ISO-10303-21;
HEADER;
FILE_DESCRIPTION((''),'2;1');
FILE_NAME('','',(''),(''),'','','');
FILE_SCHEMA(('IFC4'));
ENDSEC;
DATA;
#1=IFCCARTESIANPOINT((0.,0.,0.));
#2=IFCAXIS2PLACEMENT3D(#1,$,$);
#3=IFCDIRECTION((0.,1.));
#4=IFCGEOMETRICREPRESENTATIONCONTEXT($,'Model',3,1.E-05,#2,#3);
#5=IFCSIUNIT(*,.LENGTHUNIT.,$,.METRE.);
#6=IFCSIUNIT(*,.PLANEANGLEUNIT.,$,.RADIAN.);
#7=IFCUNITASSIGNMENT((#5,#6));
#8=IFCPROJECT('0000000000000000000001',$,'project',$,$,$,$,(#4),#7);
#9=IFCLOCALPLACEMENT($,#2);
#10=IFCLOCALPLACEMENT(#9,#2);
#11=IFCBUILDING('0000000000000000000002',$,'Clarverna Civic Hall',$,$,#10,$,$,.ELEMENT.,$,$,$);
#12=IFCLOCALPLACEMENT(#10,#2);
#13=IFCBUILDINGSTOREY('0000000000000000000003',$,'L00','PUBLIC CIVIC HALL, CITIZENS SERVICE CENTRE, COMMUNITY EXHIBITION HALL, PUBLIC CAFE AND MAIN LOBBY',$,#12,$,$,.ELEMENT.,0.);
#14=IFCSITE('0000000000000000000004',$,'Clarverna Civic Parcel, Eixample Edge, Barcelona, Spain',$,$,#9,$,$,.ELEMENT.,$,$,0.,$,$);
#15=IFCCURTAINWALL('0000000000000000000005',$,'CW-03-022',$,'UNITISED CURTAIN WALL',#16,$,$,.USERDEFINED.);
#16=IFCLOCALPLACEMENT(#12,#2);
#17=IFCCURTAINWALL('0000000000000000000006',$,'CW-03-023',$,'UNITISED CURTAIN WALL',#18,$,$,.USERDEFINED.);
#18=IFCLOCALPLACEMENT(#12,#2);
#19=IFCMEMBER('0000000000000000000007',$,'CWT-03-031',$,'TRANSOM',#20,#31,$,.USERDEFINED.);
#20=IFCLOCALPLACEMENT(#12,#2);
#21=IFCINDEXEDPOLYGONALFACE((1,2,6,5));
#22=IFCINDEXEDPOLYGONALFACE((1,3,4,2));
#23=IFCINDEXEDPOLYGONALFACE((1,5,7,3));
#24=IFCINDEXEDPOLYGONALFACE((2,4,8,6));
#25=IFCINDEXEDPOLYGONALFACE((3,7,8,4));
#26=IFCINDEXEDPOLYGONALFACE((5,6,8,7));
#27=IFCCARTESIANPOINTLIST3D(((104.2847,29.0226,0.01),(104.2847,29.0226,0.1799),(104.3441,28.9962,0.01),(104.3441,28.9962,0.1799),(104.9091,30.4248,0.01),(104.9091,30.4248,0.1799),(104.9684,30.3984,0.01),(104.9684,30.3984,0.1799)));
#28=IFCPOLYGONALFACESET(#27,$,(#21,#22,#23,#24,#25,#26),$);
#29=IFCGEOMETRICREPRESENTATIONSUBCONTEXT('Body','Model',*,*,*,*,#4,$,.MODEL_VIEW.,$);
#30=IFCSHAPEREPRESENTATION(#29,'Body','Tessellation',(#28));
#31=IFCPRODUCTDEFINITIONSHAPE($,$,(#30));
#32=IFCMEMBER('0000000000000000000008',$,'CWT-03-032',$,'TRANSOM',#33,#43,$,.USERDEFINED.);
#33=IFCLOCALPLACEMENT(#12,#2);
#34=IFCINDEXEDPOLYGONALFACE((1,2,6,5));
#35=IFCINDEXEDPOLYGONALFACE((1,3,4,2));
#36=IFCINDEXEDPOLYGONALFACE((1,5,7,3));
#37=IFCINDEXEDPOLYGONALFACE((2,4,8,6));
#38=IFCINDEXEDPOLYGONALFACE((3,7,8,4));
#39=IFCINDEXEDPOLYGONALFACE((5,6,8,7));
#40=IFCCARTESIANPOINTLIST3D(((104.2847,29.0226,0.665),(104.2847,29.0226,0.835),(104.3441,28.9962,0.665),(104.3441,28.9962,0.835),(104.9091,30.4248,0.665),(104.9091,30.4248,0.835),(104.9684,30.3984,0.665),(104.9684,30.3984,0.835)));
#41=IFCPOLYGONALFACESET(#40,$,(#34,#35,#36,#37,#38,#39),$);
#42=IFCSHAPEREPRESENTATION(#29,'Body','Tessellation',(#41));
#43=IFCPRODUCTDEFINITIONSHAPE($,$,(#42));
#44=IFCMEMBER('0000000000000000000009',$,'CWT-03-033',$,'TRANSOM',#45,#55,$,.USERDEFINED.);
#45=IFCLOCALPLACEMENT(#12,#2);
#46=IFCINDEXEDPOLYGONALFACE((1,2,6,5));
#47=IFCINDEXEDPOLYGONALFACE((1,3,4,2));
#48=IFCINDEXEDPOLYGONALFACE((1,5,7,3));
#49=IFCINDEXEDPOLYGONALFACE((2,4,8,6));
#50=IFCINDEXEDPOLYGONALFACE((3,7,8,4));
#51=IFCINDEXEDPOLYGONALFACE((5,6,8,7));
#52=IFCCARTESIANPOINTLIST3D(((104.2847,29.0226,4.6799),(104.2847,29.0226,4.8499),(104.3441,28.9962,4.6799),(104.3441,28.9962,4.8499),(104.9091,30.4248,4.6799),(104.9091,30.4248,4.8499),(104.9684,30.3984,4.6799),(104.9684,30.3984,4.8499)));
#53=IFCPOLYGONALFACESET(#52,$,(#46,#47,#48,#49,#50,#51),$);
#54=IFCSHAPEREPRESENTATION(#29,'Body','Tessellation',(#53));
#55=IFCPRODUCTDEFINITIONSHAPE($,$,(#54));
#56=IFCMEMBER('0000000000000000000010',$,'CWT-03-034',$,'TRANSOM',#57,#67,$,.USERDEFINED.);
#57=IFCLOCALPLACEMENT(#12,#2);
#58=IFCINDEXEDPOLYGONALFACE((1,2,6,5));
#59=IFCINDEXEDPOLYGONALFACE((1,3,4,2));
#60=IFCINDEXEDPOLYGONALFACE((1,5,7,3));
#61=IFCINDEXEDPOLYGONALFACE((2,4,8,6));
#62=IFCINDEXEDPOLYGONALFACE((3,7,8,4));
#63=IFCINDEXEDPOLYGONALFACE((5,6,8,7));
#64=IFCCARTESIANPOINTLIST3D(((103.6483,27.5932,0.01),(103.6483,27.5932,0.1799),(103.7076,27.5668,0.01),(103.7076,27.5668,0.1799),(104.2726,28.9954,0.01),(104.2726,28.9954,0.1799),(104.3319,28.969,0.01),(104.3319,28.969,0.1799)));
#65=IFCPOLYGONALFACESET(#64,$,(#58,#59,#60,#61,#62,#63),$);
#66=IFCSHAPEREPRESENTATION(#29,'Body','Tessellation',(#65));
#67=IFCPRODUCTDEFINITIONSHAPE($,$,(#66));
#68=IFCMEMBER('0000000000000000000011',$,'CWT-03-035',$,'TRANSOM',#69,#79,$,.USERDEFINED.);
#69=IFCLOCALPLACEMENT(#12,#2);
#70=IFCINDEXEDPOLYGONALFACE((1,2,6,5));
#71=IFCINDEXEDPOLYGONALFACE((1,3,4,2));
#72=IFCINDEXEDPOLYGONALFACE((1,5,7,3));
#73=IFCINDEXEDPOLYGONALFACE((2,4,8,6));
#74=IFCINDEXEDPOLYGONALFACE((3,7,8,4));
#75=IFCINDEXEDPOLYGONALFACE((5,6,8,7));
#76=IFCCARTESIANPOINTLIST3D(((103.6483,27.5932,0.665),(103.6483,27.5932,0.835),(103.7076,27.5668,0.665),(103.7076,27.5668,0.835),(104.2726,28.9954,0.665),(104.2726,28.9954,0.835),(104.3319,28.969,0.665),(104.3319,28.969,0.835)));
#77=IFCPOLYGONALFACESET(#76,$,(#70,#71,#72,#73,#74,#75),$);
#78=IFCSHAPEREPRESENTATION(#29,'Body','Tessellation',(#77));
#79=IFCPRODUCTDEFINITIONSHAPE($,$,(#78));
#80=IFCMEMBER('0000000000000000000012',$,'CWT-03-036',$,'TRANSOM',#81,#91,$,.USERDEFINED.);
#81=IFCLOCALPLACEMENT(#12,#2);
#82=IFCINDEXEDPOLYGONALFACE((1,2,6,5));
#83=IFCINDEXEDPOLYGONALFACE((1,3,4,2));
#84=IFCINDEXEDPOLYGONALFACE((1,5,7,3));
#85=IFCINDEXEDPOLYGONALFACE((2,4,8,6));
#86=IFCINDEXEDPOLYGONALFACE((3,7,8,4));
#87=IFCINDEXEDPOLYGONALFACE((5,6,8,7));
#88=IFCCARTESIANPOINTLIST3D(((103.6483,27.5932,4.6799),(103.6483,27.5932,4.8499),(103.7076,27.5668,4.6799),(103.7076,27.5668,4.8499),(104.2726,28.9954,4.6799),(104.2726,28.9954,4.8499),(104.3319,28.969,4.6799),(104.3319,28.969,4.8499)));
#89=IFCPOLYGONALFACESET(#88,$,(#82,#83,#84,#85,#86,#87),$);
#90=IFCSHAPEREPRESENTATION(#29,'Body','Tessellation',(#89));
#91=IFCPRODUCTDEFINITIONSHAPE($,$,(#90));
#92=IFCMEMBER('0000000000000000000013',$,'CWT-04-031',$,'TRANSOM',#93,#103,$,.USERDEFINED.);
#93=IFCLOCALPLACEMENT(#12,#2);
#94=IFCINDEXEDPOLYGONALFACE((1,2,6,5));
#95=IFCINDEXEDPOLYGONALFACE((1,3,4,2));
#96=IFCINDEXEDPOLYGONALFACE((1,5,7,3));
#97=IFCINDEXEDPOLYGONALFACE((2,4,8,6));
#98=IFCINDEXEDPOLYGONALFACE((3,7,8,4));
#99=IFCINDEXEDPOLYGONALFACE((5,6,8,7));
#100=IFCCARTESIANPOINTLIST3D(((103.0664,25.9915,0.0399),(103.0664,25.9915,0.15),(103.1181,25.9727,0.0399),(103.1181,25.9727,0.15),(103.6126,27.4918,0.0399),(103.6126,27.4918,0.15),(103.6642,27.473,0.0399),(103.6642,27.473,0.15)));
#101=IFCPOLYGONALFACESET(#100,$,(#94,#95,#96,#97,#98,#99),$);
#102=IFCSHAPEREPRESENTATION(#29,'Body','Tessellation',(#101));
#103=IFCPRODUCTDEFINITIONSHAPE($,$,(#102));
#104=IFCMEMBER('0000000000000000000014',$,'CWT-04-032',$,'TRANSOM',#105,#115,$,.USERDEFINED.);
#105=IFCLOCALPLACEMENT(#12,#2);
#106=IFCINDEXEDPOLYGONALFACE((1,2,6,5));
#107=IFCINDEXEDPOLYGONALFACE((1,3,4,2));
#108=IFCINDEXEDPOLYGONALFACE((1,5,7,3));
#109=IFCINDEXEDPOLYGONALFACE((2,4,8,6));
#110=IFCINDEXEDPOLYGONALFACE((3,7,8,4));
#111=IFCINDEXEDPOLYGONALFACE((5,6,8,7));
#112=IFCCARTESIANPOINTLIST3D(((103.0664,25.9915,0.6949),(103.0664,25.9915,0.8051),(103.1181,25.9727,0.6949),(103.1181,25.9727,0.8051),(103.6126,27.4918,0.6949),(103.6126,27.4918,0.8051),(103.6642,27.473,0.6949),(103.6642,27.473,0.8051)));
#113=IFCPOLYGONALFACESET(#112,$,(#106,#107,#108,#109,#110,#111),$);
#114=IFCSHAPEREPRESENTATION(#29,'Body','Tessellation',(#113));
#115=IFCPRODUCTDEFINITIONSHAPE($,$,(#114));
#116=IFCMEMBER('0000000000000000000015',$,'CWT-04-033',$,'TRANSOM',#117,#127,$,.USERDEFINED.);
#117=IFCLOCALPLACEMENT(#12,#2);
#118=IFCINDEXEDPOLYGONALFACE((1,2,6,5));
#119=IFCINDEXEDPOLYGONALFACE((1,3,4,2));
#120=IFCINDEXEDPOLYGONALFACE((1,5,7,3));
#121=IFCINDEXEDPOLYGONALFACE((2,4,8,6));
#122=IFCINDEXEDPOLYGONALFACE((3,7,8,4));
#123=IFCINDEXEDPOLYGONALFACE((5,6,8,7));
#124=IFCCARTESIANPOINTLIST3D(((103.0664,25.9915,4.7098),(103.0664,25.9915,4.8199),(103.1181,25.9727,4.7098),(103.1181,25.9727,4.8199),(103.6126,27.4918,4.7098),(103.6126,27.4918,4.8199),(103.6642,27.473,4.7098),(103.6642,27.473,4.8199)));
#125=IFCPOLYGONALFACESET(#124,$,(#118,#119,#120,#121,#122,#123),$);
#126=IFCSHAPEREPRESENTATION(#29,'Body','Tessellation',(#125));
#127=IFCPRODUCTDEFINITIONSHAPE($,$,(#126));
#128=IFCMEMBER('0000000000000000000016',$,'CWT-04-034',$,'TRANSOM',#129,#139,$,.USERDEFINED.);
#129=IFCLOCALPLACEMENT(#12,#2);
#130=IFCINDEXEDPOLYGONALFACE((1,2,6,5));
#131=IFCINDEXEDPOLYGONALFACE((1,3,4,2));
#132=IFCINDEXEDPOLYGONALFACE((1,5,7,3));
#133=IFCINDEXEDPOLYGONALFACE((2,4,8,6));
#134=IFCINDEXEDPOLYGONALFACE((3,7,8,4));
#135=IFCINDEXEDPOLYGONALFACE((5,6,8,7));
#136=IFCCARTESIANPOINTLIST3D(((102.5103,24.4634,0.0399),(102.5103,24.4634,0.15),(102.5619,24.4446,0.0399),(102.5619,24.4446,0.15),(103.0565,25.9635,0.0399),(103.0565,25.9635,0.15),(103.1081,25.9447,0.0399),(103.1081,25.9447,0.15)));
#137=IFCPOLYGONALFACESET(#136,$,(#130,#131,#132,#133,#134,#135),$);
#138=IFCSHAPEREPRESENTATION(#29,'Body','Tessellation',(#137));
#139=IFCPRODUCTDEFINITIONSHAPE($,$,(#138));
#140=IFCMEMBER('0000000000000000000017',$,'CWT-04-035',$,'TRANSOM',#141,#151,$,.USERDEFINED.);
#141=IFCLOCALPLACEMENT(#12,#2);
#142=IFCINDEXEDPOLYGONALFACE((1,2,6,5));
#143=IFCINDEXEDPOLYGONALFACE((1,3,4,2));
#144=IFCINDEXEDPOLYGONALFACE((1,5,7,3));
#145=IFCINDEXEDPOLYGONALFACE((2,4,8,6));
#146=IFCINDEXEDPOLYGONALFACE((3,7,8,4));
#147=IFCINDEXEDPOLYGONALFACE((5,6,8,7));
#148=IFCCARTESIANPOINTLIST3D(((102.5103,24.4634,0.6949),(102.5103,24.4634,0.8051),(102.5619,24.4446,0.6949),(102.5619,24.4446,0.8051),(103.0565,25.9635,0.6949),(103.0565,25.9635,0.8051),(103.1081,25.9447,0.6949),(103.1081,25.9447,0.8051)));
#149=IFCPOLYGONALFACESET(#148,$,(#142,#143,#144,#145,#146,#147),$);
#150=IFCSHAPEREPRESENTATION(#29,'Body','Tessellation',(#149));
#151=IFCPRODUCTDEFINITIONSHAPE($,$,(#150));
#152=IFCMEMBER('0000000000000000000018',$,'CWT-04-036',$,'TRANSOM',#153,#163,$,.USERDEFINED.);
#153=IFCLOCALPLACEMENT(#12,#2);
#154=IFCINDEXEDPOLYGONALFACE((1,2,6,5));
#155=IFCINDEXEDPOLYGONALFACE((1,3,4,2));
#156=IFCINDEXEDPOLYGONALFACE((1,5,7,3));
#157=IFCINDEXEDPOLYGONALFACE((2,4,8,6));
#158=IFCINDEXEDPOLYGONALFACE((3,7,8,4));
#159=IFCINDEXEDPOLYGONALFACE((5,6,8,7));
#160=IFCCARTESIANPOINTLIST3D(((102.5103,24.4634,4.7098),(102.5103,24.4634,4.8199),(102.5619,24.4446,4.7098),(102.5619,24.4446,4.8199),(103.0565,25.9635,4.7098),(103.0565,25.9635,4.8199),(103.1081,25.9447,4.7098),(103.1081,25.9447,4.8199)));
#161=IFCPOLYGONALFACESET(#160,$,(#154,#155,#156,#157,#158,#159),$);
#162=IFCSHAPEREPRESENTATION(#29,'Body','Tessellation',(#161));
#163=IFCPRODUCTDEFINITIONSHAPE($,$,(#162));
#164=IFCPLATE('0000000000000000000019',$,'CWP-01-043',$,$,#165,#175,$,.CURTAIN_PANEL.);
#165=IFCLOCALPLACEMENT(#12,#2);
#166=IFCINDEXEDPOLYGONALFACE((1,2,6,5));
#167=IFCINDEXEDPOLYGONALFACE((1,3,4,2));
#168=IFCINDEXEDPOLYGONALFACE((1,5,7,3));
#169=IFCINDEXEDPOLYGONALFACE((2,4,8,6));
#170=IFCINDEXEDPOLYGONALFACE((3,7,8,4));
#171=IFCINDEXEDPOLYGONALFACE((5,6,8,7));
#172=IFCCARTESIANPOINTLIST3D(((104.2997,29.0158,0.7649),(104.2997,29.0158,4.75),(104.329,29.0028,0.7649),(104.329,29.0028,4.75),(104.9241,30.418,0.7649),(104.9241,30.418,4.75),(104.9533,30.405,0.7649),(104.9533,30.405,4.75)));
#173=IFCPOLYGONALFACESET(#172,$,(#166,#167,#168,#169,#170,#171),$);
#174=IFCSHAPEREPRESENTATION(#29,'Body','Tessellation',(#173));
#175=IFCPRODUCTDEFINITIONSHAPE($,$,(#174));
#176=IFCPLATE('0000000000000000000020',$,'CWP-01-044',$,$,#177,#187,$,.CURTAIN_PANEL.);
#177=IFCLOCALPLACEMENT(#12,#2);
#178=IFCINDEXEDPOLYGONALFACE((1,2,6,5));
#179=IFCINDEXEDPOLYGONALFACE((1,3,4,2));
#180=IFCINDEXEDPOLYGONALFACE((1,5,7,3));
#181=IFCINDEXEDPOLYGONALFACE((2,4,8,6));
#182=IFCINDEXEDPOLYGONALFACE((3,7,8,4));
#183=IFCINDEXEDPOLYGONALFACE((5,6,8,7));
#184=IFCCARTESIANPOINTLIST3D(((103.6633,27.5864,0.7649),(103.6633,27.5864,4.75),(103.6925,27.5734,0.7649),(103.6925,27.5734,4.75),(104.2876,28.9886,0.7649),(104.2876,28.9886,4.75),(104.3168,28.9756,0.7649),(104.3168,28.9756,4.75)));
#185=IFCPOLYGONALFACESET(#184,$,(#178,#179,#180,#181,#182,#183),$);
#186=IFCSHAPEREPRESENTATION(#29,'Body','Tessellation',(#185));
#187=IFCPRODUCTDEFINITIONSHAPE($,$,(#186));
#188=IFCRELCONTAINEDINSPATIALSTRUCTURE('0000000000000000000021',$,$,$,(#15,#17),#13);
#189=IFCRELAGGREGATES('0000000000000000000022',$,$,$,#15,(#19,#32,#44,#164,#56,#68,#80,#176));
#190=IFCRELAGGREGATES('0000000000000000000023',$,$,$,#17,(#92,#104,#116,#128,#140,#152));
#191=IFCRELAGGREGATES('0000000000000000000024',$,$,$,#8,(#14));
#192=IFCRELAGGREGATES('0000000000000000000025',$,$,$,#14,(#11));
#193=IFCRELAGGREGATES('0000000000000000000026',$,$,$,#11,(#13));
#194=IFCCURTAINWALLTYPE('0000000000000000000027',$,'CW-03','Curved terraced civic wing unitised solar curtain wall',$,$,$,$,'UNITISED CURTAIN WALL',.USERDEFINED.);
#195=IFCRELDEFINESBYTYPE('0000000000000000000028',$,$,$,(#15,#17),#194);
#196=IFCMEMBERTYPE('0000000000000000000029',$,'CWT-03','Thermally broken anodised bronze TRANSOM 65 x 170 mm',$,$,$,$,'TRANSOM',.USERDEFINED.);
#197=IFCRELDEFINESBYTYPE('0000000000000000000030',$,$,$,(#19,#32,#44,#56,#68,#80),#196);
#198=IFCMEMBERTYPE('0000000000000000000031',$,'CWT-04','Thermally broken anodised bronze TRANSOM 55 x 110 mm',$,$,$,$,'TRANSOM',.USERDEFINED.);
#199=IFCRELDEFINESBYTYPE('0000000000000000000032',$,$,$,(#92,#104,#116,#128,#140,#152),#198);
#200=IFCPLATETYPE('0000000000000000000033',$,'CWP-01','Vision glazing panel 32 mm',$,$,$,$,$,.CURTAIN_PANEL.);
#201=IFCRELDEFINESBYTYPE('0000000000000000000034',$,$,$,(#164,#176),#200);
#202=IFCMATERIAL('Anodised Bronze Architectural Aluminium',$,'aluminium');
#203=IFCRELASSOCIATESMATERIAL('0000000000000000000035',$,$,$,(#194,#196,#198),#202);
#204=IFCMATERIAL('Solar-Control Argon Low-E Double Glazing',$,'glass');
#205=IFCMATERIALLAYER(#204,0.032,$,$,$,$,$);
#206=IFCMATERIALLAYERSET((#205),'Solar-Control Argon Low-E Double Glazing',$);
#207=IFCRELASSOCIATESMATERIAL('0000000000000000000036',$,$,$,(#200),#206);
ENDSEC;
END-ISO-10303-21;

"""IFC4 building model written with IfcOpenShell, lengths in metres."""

from ifc_helpers import new_model, si_unit, direction, frame, frame_2d, origin, origin_2d, place, context, subcontext, project, spatial, rectangle, extrude, material, layer, layer_set, material_profile, profile_set, type_object, element, aggregate, save


model = new_model("IFC4")

# Units and contexts
model_context = context("Model", 3, precision=1e-05, world=origin(), true_north=direction((0.0, 1.0)))
body_context = subcontext(model_context, "Body", "Model", "MODEL_VIEW")
ifc_project = project(units=[si_unit("LENGTHUNIT", "METRE"), si_unit("PLANEANGLEUNIT", "RADIAN")], contexts=[model_context])

# Site, building, storey
site_placement = place(None, origin())
site = spatial("IfcSite", under=ifc_project, at=site_placement, Name="Clarverna Civic Parcel, Eixample Edge, Barcelona, Spain", CompositionType="ELEMENT", RefElevation=0.0)
building_placement = place(site_placement, origin())
building = spatial("IfcBuilding", under=site, at=building_placement, Name="Clarverna Civic Hall", CompositionType="ELEMENT")
storey_placement = place(building_placement, origin())
storey = spatial("IfcBuildingStorey", under=building, at=storey_placement, Name="L00", Description="PUBLIC CIVIC HALL, CITIZENS SERVICE CENTRE, COMMUNITY EXHIBITION HALL, PUBLIC CAFE AND MAIN LOBBY", CompositionType="ELEMENT", Elevation=0.0)

# Shared definitions
ifc_material_1 = material(Name="Anodised Bronze Architectural Aluminium", Category="aluminium")
curtain_wall_type = type_object("IfcCurtainWallType", Name="CW-03", Description="Curved terraced civic wing unitised solar curtain wall", ElementType="UNITISED CURTAIN WALL", PredefinedType="USERDEFINED", material=ifc_material_1)

# Curtain walls
curtain_wall_1_placement = place(storey_placement, origin())
curtain_wall_1 = element("IfcCurtainWall", 1, at=curtain_wall_1_placement, inside=storey, type_object=curtain_wall_type, Name="CW-03-022", ObjectType="UNITISED CURTAIN WALL", PredefinedType="USERDEFINED")
curtain_wall_2_placement = place(storey_placement, origin())
curtain_wall_2 = element("IfcCurtainWall", 2, at=curtain_wall_2_placement, inside=storey, type_object=curtain_wall_type, Name="CW-03-023", ObjectType="UNITISED CURTAIN WALL", PredefinedType="USERDEFINED")

# Members
ifc_material_profile_1 = material_profile(ifc_material_1, rectangle(XDim=0.0649, YDim=0.1699, at=origin_2d()), Name="BRONZE 65x170")
ifc_profile_set_1 = profile_set([ifc_material_profile_1], Name="Anodised Bronze Architectural Aluminium")
member_type_1 = type_object("IfcMemberType", Name="CWT-03", Description="Thermally broken anodised bronze TRANSOM 65 x 170 mm", ElementType="TRANSOM", PredefinedType="USERDEFINED", material=ifc_profile_set_1)
member_1_placement = place(storey_placement, frame((104.9387, 30.4116, 0.095), z_axis=(-0.406744, -0.913542, 0.0), x_axis=(0.913542, -0.406744, 0.0)))
member_1 = element("IfcMember", 3, at=member_1_placement, type_object=member_type_1, Name="CWT-03-031", ObjectType="TRANSOM", PredefinedType="USERDEFINED", context=body_context, shape_type="SweptSolid", body=[
    extrude(rectangle(XDim=0.0649, YDim=0.1699, at=origin_2d()), origin(), (0.0, 0.0, 1.0), 1.5349),
])
member_2_placement = place(storey_placement, frame((104.9387, 30.4116, 0.75), z_axis=(-0.406744, -0.913542, 0.0), x_axis=(0.913542, -0.406744, 0.0)))
member_2 = element("IfcMember", 4, at=member_2_placement, type_object=member_type_1, Name="CWT-03-032", ObjectType="TRANSOM", PredefinedType="USERDEFINED", context=body_context, shape_type="SweptSolid", body=[
    extrude(rectangle(XDim=0.0649, YDim=0.1699, at=origin_2d()), origin(), (0.0, 0.0, 1.0), 1.5349),
])
member_3_placement = place(storey_placement, frame((104.9387, 30.4116, 4.7649), z_axis=(-0.406744, -0.913542, 0.0), x_axis=(0.913542, -0.406744, 0.0)))
member_3 = element("IfcMember", 5, at=member_3_placement, type_object=member_type_1, Name="CWT-03-033", ObjectType="TRANSOM", PredefinedType="USERDEFINED", context=body_context, shape_type="SweptSolid", body=[
    extrude(rectangle(XDim=0.0649, YDim=0.1699, at=origin_2d()), origin(), (0.0, 0.0, 1.0), 1.5349),
])
member_4_placement = place(storey_placement, frame((104.3022, 28.9822, 0.095), z_axis=(-0.406744, -0.913542, 0.0), x_axis=(0.913542, -0.406744, 0.0)))
member_4 = element("IfcMember", 6, at=member_4_placement, type_object=member_type_1, Name="CWT-03-034", ObjectType="TRANSOM", PredefinedType="USERDEFINED", context=body_context, shape_type="SweptSolid", body=[
    extrude(rectangle(XDim=0.0649, YDim=0.1699, at=origin_2d()), origin(), (0.0, 0.0, 1.0), 1.5349),
])
member_5_placement = place(storey_placement, frame((104.3022, 28.9822, 0.75), z_axis=(-0.406744, -0.913542, 0.0), x_axis=(0.913542, -0.406744, 0.0)))
member_5 = element("IfcMember", 7, at=member_5_placement, type_object=member_type_1, Name="CWT-03-035", ObjectType="TRANSOM", PredefinedType="USERDEFINED", context=body_context, shape_type="SweptSolid", body=[
    extrude(rectangle(XDim=0.0649, YDim=0.1699, at=origin_2d()), origin(), (0.0, 0.0, 1.0), 1.5349),
])
member_6_placement = place(storey_placement, frame((104.3022, 28.9822, 4.7649), z_axis=(-0.406744, -0.913542, 0.0), x_axis=(0.913542, -0.406744, 0.0)))
member_6 = element("IfcMember", 8, at=member_6_placement, type_object=member_type_1, Name="CWT-03-036", ObjectType="TRANSOM", PredefinedType="USERDEFINED", context=body_context, shape_type="SweptSolid", body=[
    extrude(rectangle(XDim=0.0649, YDim=0.1699, at=origin_2d()), origin(), (0.0, 0.0, 1.0), 1.5349),
])
ifc_material_profile_2 = material_profile(ifc_material_1, rectangle(XDim=0.0549, YDim=0.1101, at=origin_2d()), Name="BRONZE 55x110")
ifc_profile_set_2 = profile_set([ifc_material_profile_2], Name="Anodised Bronze Architectural Aluminium")
member_type_2 = type_object("IfcMemberType", Name="CWT-04", Description="Thermally broken anodised bronze TRANSOM 55 x 110 mm", ElementType="TRANSOM", PredefinedType="USERDEFINED", material=ifc_profile_set_2)
member_7_placement = place(storey_placement, frame((103.6384, 27.4824, 0.095), z_axis=(-0.342075, -0.939673, 0.0), x_axis=(0.939673, -0.342075, 0.0)))
member_7 = element("IfcMember", 9, at=member_7_placement, type_object=member_type_2, Name="CWT-04-031", ObjectType="TRANSOM", PredefinedType="USERDEFINED", context=body_context, shape_type="SweptSolid", body=[
    extrude(rectangle(XDim=0.0549, YDim=0.1101, at=origin_2d()), origin(), (0.0, 0.0, 1.0), 1.5967),
])
member_8_placement = place(storey_placement, frame((103.6384, 27.4824, 0.75), z_axis=(-0.342075, -0.939673, 0.0), x_axis=(0.939673, -0.342075, 0.0)))
member_8 = element("IfcMember", 10, at=member_8_placement, type_object=member_type_2, Name="CWT-04-032", ObjectType="TRANSOM", PredefinedType="USERDEFINED", context=body_context, shape_type="SweptSolid", body=[
    extrude(rectangle(XDim=0.0549, YDim=0.1101, at=origin_2d()), origin(), (0.0, 0.0, 1.0), 1.5967),
])
member_9_placement = place(storey_placement, frame((103.6384, 27.4824, 4.7649), z_axis=(-0.342075, -0.939673, 0.0), x_axis=(0.939673, -0.342075, 0.0)))
member_9 = element("IfcMember", 11, at=member_9_placement, type_object=member_type_2, Name="CWT-04-033", ObjectType="TRANSOM", PredefinedType="USERDEFINED", context=body_context, shape_type="SweptSolid", body=[
    extrude(rectangle(XDim=0.0549, YDim=0.1101, at=origin_2d()), origin(), (0.0, 0.0, 1.0), 1.5967),
])
member_10_placement = place(storey_placement, frame((103.0823, 25.9541, 0.095), z_axis=(-0.342124, -0.939655, 0.0), x_axis=(0.939655, -0.342124, 0.0)))
member_10 = element("IfcMember", 12, at=member_10_placement, type_object=member_type_2, Name="CWT-04-034", ObjectType="TRANSOM", PredefinedType="USERDEFINED", context=body_context, shape_type="SweptSolid", body=[
    extrude(rectangle(XDim=0.0549, YDim=0.1101, at=origin_2d()), origin(), (0.0, 0.0, 1.0), 1.5964),
])
member_11_placement = place(storey_placement, frame((103.0823, 25.9541, 0.75), z_axis=(-0.342124, -0.939655, 0.0), x_axis=(0.939655, -0.342124, 0.0)))
member_11 = element("IfcMember", 13, at=member_11_placement, type_object=member_type_2, Name="CWT-04-035", ObjectType="TRANSOM", PredefinedType="USERDEFINED", context=body_context, shape_type="SweptSolid", body=[
    extrude(rectangle(XDim=0.0549, YDim=0.1101, at=origin_2d()), origin(), (0.0, 0.0, 1.0), 1.5964),
])
member_12_placement = place(storey_placement, frame((103.0823, 25.9541, 4.7649), z_axis=(-0.342124, -0.939655, 0.0), x_axis=(0.939655, -0.342124, 0.0)))
member_12 = element("IfcMember", 14, at=member_12_placement, type_object=member_type_2, Name="CWT-04-036", ObjectType="TRANSOM", PredefinedType="USERDEFINED", context=body_context, shape_type="SweptSolid", body=[
    extrude(rectangle(XDim=0.0549, YDim=0.1101, at=origin_2d()), origin(), (0.0, 0.0, 1.0), 1.5964),
])

# Plates
ifc_material_2 = material(Name="Solar-Control Argon Low-E Double Glazing", Category="glass")
ifc_layer_1 = layer(ifc_material_2, 0.032)
ifc_layer_set_1 = layer_set([ifc_layer_1], Name="Solar-Control Argon Low-E Double Glazing")
plate_type_1 = type_object("IfcPlateType", Name="CWP-01", Description="Vision glazing panel 32 mm", PredefinedType="CURTAIN_PANEL", material=ifc_layer_set_1)
plate_1_placement = place(storey_placement, frame((104.9387, 30.4116, 0.7649), z_axis=(0.0, 0.0, 1.0), x_axis=(-0.406744, -0.913542, 0.0)))
plate_1 = element("IfcPlate", 15, at=plate_1_placement, type_object=plate_type_1, Name="CWP-01-043", PredefinedType="CURTAIN_PANEL", context=body_context, shape_type="SweptSolid", body=[
    extrude(rectangle(XDim=1.5349, YDim=0.032, at=frame_2d((0.7676, 0.0))), origin(), (0.0, 0.0, 1.0), 3.9851),
])
plate_2_placement = place(storey_placement, frame((104.3022, 28.9822, 0.7649), z_axis=(0.0, 0.0, 1.0), x_axis=(-0.406744, -0.913542, 0.0)))
plate_2 = element("IfcPlate", 16, at=plate_2_placement, type_object=plate_type_1, Name="CWP-01-044", PredefinedType="CURTAIN_PANEL", context=body_context, shape_type="SweptSolid", body=[
    extrude(rectangle(XDim=1.5349, YDim=0.032, at=frame_2d((0.7676, 0.0))), origin(), (0.0, 0.0, 1.0), 3.9851),
])
aggregate(curtain_wall_1, [member_1, member_2, member_3, plate_1, member_4, member_5, member_6, plate_2])
aggregate(curtain_wall_2, [member_7, member_8, member_9, member_10, member_11, member_12])

save(model, "model.ifc")
